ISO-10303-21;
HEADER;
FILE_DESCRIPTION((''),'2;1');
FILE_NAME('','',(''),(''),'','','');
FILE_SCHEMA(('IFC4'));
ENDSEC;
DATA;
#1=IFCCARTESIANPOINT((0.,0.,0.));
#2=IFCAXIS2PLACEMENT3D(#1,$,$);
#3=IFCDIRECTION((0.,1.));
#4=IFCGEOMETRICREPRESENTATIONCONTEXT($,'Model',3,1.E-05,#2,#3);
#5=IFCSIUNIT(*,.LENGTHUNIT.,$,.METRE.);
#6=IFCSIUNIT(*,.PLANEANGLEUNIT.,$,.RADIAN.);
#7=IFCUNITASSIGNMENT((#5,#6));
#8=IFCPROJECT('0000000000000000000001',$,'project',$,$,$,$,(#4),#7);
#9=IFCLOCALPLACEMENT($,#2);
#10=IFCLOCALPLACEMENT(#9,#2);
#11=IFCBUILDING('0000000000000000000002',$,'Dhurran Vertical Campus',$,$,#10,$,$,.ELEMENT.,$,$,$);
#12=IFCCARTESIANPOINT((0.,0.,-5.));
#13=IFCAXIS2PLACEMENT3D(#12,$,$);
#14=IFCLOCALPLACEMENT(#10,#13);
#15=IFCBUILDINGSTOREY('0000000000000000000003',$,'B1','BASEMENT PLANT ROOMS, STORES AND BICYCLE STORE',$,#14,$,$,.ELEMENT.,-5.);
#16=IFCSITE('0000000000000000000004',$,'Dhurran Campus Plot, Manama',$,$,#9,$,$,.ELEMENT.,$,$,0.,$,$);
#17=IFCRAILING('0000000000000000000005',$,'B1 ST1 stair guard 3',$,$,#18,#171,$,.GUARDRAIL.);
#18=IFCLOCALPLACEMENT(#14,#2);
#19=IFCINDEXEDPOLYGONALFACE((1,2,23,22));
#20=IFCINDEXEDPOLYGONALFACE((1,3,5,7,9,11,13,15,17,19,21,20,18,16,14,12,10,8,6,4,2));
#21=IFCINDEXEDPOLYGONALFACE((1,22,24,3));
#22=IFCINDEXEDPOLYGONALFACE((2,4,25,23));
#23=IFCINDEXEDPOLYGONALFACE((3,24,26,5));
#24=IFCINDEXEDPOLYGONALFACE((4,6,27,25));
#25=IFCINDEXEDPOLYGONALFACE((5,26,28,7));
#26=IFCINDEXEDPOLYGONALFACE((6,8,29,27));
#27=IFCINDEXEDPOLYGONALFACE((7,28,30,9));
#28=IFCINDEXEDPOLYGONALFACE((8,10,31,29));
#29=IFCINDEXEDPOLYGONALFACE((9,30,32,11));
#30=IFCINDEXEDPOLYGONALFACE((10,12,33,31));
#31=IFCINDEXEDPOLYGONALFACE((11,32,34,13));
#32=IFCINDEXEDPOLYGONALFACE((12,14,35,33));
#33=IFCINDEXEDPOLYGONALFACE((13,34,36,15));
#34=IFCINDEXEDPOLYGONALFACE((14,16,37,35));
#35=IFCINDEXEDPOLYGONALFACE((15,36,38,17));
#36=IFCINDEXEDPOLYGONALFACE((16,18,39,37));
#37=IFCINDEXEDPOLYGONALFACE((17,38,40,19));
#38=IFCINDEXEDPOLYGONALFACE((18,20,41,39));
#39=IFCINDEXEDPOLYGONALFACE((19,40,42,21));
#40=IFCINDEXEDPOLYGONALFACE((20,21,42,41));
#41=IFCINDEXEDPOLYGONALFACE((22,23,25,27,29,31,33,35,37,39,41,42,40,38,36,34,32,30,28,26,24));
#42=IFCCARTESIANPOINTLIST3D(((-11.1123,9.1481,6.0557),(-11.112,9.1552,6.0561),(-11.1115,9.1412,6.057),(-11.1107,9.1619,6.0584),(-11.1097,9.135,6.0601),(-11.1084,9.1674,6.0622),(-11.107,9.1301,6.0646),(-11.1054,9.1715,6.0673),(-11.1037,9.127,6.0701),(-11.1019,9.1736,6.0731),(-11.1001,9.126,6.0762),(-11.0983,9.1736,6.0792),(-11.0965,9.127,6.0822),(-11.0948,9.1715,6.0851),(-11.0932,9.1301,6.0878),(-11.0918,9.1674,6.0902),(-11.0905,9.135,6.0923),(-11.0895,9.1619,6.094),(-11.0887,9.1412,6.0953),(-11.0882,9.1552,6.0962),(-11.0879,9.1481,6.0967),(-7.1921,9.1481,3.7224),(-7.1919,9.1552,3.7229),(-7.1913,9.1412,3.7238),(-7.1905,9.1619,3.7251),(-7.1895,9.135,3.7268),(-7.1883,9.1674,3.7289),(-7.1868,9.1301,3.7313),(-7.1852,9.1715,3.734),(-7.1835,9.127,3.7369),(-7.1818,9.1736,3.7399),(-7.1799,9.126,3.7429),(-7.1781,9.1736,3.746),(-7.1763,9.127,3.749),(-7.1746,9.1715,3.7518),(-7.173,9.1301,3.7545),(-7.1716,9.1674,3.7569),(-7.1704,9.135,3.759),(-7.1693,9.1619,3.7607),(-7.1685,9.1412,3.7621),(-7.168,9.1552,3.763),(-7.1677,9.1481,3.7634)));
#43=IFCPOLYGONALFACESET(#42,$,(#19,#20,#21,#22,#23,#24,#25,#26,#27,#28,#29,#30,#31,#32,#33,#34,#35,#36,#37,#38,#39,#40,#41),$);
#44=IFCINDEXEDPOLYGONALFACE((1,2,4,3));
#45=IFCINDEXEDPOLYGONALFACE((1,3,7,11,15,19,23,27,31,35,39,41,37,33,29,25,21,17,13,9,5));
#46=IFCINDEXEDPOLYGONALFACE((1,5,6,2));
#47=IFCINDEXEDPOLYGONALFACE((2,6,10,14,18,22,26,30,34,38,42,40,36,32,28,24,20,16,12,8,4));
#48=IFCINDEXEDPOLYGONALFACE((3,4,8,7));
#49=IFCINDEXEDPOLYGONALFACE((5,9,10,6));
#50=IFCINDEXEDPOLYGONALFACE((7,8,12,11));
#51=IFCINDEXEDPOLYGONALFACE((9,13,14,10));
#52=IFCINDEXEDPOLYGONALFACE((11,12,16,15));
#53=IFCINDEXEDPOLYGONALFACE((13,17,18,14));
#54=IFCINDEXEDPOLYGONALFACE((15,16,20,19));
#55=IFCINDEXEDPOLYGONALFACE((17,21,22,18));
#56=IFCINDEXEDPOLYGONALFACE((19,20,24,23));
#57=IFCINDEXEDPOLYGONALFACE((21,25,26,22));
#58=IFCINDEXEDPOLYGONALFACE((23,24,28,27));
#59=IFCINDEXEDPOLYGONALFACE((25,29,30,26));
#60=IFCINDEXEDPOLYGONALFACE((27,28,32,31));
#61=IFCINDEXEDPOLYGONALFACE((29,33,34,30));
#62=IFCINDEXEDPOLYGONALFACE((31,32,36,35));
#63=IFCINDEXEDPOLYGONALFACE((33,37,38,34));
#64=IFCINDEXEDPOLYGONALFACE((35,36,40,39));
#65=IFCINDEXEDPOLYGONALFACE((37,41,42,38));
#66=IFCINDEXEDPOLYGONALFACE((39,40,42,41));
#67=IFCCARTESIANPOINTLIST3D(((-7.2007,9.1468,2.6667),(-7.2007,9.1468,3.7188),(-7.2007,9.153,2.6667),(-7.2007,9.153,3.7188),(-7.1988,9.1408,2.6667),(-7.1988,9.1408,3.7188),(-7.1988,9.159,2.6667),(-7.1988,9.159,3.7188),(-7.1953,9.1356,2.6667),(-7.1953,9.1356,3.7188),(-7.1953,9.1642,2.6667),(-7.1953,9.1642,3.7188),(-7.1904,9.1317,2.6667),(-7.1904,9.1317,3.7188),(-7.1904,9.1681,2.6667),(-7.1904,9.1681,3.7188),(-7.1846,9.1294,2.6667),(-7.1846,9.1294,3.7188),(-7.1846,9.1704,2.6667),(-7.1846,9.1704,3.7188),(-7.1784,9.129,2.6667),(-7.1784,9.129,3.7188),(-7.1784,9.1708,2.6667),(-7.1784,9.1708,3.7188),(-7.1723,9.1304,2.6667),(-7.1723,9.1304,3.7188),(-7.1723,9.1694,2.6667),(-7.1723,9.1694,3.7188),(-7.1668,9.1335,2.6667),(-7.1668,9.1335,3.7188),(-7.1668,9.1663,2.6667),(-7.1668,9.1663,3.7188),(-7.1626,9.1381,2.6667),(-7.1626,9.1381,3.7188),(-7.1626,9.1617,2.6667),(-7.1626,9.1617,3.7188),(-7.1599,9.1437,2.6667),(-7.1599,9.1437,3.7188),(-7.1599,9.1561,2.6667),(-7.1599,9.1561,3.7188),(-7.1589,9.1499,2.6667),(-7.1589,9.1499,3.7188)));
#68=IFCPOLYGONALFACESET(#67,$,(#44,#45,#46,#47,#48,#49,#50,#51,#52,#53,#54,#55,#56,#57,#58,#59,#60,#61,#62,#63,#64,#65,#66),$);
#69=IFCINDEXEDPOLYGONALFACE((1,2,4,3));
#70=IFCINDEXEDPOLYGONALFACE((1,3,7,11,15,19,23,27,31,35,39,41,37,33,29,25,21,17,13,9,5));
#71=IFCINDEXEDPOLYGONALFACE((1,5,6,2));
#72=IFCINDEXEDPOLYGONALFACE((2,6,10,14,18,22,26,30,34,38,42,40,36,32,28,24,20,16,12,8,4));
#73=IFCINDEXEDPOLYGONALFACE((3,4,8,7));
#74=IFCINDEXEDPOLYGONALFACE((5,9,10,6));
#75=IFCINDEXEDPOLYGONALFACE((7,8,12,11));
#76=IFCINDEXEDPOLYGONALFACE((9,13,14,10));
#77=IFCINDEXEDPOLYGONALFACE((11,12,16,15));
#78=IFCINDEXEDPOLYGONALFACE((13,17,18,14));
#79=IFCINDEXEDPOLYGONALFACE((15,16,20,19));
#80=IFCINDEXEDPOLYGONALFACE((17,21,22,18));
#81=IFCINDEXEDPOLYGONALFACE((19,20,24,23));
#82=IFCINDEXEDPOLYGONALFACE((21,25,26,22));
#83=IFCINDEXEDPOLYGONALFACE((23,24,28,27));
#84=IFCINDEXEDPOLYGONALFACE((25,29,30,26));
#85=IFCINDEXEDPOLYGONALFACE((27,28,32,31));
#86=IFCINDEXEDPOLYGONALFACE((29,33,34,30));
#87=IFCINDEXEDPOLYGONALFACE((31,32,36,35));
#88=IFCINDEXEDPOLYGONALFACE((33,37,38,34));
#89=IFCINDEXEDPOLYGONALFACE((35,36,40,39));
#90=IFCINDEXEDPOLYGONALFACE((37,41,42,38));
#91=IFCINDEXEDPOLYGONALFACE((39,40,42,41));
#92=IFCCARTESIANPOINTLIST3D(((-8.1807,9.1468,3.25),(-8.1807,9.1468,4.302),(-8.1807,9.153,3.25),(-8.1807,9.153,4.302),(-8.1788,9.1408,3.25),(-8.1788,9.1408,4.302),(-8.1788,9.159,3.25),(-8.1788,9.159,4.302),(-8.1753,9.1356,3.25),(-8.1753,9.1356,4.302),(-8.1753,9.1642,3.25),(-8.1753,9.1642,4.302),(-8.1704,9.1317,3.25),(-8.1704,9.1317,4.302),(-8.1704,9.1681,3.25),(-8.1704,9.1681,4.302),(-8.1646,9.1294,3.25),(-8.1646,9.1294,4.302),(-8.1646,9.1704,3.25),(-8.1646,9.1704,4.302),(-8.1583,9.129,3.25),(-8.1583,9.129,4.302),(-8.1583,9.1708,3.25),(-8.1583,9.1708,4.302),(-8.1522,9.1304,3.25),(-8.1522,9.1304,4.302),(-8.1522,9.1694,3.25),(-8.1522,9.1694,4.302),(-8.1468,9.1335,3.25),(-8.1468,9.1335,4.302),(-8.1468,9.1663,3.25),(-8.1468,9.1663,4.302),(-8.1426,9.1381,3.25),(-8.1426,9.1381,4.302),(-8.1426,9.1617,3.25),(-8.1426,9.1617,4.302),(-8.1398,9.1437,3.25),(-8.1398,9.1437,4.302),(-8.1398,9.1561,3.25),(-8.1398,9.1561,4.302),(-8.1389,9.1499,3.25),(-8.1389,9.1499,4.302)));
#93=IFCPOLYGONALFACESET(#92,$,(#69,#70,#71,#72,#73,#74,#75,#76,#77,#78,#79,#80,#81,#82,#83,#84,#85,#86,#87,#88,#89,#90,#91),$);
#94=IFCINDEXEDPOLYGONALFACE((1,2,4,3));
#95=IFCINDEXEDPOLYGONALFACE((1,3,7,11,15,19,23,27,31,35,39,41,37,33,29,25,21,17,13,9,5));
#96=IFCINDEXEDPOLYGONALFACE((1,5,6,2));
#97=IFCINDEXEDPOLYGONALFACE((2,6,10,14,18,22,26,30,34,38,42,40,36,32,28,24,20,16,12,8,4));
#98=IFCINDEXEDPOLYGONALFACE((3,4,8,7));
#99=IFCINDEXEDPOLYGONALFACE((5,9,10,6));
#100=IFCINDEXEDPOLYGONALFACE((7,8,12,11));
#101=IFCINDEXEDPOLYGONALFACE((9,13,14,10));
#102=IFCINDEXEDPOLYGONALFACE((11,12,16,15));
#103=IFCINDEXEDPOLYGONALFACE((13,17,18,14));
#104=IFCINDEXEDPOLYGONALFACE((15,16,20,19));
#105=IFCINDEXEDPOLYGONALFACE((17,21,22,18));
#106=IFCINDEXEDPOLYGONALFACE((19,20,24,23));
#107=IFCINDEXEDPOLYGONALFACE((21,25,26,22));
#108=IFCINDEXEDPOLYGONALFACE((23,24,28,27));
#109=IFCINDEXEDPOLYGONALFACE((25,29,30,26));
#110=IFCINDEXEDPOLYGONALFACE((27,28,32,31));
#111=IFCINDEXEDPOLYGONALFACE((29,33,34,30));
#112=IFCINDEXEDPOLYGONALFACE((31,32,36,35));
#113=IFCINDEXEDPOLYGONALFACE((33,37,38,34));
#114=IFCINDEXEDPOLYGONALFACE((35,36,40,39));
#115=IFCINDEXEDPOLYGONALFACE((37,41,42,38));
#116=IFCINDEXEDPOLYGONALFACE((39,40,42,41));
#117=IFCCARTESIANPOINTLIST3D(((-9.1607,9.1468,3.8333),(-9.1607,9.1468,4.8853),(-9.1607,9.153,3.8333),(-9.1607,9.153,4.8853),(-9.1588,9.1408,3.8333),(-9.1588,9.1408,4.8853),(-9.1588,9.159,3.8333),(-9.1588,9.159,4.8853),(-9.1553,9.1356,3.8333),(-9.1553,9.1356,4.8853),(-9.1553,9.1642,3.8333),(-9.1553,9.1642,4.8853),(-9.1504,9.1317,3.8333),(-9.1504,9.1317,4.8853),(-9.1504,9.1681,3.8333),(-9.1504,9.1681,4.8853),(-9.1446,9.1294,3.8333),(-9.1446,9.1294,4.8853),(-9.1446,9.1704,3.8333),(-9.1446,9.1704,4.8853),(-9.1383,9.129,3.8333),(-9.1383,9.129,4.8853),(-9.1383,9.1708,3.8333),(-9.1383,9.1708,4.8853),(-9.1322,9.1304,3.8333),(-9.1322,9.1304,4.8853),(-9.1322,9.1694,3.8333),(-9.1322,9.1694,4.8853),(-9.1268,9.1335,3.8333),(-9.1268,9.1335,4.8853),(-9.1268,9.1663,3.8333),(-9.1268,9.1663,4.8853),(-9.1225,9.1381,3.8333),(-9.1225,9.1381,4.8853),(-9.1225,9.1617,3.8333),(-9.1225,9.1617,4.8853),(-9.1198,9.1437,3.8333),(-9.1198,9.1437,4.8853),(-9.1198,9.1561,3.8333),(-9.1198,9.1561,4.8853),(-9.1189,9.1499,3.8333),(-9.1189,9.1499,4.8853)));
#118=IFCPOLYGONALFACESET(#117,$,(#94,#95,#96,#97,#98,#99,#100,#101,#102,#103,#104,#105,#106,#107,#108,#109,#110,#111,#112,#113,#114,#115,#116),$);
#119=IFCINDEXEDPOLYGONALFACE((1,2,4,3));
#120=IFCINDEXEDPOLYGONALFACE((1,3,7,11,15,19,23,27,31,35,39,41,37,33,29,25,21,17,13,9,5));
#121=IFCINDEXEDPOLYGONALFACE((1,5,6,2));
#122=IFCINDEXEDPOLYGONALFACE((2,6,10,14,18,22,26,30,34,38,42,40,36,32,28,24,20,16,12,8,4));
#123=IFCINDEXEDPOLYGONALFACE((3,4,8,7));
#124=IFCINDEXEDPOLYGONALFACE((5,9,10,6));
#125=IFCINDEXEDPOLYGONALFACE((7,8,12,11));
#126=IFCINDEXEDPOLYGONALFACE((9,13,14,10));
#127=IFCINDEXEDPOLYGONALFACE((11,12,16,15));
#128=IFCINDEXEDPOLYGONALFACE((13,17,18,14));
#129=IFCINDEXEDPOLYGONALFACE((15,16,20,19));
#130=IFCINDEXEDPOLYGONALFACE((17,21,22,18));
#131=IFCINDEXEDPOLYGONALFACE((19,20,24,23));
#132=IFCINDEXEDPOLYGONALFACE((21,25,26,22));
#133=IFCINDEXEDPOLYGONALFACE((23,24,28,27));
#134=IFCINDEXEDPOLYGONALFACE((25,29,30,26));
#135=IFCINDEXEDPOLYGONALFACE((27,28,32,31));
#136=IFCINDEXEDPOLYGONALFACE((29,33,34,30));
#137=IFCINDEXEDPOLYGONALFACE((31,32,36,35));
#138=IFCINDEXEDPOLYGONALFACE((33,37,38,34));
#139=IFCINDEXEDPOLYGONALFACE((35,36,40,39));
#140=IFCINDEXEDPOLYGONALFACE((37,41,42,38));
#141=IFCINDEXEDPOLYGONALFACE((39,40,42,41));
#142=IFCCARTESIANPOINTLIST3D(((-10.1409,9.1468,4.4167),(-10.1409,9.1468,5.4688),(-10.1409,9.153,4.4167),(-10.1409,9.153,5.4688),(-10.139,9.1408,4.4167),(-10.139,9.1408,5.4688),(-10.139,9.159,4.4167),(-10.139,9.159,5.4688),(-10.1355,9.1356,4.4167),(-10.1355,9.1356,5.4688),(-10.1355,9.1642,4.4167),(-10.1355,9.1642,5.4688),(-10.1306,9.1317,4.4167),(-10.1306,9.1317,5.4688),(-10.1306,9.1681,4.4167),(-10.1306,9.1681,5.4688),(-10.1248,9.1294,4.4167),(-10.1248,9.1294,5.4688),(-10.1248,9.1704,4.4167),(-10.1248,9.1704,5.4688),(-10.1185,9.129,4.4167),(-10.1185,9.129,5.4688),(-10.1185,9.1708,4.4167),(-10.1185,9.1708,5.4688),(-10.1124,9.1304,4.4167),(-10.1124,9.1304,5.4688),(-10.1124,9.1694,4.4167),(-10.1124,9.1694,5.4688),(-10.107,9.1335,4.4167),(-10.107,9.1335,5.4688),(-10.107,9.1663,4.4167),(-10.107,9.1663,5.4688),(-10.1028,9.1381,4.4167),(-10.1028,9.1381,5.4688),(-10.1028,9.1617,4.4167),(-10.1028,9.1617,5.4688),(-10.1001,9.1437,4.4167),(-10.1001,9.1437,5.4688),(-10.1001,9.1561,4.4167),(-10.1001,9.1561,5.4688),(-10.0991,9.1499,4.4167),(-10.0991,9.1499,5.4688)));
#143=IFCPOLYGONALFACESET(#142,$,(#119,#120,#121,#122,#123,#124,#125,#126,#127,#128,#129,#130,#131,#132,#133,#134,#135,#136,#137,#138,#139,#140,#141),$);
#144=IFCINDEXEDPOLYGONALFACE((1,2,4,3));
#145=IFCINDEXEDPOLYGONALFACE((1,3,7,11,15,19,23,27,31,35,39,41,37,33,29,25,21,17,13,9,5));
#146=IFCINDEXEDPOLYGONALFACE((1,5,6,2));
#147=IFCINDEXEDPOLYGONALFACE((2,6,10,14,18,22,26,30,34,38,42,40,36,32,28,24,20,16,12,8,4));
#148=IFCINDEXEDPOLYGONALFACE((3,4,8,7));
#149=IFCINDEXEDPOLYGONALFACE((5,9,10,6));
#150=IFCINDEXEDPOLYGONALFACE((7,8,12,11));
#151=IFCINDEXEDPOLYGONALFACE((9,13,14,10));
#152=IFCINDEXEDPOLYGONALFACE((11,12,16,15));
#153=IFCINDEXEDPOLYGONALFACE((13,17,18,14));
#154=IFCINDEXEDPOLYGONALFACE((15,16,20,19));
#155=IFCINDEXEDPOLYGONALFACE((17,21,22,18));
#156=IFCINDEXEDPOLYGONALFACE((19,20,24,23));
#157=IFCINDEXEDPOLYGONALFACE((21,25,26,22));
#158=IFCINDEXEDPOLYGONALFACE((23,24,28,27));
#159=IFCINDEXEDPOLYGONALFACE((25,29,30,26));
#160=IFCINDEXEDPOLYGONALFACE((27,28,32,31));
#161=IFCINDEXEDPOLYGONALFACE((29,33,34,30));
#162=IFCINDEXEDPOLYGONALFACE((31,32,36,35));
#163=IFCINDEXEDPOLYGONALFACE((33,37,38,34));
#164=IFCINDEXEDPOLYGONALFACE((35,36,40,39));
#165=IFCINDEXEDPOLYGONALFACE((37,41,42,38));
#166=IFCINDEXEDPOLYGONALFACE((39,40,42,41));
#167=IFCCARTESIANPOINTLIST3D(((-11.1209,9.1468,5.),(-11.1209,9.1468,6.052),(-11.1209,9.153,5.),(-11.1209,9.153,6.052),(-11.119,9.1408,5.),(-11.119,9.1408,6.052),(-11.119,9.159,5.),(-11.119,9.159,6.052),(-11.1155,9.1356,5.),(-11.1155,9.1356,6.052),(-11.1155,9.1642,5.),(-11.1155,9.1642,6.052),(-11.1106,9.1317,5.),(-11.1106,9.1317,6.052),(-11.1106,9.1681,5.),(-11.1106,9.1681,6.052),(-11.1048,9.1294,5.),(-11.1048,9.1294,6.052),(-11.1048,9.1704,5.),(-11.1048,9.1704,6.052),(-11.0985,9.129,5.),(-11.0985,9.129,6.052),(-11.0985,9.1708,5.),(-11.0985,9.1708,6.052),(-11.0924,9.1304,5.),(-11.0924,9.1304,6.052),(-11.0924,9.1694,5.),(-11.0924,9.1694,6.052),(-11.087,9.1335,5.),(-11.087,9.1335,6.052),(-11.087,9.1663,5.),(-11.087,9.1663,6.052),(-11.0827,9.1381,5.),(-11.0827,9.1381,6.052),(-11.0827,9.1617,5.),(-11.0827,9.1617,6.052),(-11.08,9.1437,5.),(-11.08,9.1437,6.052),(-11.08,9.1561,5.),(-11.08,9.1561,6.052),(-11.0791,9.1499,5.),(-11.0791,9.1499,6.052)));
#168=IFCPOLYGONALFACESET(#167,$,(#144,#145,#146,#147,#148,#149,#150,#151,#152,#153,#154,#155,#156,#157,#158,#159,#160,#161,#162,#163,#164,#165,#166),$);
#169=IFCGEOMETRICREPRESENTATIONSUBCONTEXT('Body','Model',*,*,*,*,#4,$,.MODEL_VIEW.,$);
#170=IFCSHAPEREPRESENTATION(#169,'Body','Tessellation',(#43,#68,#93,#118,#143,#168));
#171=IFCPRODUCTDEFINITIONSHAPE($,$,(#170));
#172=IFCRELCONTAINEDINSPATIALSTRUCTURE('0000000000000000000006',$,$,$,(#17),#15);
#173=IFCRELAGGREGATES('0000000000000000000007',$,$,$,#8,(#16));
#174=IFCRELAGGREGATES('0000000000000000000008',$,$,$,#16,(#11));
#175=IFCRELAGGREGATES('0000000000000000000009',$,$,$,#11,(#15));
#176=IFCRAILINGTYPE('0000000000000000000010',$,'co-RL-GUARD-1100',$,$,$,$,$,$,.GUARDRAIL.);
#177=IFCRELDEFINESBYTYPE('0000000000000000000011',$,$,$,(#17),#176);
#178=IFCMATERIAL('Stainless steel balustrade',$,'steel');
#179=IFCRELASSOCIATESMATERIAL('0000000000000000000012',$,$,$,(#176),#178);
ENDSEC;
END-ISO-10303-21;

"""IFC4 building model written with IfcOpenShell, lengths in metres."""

from ifc_helpers import new_model, si_unit, direction, frame, origin, origin_2d, place, context, subcontext, project, spatial, circle, extrude, material, type_object, element, save


model = new_model("IFC4")

# Units and contexts
model_context = context("Model", 3, precision=1e-05, world=origin(), true_north=direction((0.0, 1.0)))
body_context = subcontext(model_context, "Body", "Model", "MODEL_VIEW")
ifc_project = project(units=[si_unit("LENGTHUNIT", "METRE"), si_unit("PLANEANGLEUNIT", "RADIAN")], contexts=[model_context])

# Site, building, storey
site_placement = place(None, origin())
site = spatial("IfcSite", under=ifc_project, at=site_placement, Name="Dhurran Campus Plot, Manama", CompositionType="ELEMENT", RefElevation=0.0)
building_placement = place(site_placement, origin())
building = spatial("IfcBuilding", under=site, at=building_placement, Name="Dhurran Vertical Campus", CompositionType="ELEMENT")
storey_placement = place(building_placement, frame((0.0, 0.0, -5.0)))
storey = spatial("IfcBuildingStorey", under=building, at=storey_placement, Name="B1", Description="BASEMENT PLANT ROOMS, STORES AND BICYCLE STORE", CompositionType="ELEMENT", Elevation=-5.0)

# Railing
ifc_material_1 = material(Name="Stainless steel balustrade", Category="steel")
railing_type_1 = type_object("IfcRailingType", Name="co-RL-GUARD-1100", PredefinedType="GUARDRAIL", material=ifc_material_1)
railing_1_placement = place(storey_placement, frame((-7.1799, 9.1499, 2.6667)))
element("IfcRailing", 1, at=railing_1_placement, inside=storey, type_object=railing_type_1, Name="B1 ST1 stair guard 3", PredefinedType="GUARDRAIL", context=body_context, shape_type="SweptSolid", body=[
    extrude(circle(Radius=0.0239, at=origin_2d()), frame((0.0, 0.0, 1.0762), z_axis=(-0.85931, 0.0, 0.511455), x_axis=(0.0, -1.0, 0.0)), (0.0, 0.0, 1.0), 4.562),
    extrude(circle(Radius=0.021, at=origin_2d()), origin(), (0.0, 0.0, 1.0), 1.052),
    extrude(circle(Radius=0.021, at=origin_2d()), frame((-0.98, 0.0, 0.5833)), (0.0, 0.0, 1.0), 1.052),
    extrude(circle(Radius=0.021, at=origin_2d()), frame((-1.96, 0.0, 1.1665)), (0.0, 0.0, 1.0), 1.052),
    extrude(circle(Radius=0.021, at=origin_2d()), frame((-2.9402, 0.0, 1.75)), (0.0, 0.0, 1.0), 1.052),
    extrude(circle(Radius=0.021, at=origin_2d()), frame((-3.9202, 0.0, 2.3333)), (0.0, 0.0, 1.0), 1.052),
])

save(model, "model.ifc")
